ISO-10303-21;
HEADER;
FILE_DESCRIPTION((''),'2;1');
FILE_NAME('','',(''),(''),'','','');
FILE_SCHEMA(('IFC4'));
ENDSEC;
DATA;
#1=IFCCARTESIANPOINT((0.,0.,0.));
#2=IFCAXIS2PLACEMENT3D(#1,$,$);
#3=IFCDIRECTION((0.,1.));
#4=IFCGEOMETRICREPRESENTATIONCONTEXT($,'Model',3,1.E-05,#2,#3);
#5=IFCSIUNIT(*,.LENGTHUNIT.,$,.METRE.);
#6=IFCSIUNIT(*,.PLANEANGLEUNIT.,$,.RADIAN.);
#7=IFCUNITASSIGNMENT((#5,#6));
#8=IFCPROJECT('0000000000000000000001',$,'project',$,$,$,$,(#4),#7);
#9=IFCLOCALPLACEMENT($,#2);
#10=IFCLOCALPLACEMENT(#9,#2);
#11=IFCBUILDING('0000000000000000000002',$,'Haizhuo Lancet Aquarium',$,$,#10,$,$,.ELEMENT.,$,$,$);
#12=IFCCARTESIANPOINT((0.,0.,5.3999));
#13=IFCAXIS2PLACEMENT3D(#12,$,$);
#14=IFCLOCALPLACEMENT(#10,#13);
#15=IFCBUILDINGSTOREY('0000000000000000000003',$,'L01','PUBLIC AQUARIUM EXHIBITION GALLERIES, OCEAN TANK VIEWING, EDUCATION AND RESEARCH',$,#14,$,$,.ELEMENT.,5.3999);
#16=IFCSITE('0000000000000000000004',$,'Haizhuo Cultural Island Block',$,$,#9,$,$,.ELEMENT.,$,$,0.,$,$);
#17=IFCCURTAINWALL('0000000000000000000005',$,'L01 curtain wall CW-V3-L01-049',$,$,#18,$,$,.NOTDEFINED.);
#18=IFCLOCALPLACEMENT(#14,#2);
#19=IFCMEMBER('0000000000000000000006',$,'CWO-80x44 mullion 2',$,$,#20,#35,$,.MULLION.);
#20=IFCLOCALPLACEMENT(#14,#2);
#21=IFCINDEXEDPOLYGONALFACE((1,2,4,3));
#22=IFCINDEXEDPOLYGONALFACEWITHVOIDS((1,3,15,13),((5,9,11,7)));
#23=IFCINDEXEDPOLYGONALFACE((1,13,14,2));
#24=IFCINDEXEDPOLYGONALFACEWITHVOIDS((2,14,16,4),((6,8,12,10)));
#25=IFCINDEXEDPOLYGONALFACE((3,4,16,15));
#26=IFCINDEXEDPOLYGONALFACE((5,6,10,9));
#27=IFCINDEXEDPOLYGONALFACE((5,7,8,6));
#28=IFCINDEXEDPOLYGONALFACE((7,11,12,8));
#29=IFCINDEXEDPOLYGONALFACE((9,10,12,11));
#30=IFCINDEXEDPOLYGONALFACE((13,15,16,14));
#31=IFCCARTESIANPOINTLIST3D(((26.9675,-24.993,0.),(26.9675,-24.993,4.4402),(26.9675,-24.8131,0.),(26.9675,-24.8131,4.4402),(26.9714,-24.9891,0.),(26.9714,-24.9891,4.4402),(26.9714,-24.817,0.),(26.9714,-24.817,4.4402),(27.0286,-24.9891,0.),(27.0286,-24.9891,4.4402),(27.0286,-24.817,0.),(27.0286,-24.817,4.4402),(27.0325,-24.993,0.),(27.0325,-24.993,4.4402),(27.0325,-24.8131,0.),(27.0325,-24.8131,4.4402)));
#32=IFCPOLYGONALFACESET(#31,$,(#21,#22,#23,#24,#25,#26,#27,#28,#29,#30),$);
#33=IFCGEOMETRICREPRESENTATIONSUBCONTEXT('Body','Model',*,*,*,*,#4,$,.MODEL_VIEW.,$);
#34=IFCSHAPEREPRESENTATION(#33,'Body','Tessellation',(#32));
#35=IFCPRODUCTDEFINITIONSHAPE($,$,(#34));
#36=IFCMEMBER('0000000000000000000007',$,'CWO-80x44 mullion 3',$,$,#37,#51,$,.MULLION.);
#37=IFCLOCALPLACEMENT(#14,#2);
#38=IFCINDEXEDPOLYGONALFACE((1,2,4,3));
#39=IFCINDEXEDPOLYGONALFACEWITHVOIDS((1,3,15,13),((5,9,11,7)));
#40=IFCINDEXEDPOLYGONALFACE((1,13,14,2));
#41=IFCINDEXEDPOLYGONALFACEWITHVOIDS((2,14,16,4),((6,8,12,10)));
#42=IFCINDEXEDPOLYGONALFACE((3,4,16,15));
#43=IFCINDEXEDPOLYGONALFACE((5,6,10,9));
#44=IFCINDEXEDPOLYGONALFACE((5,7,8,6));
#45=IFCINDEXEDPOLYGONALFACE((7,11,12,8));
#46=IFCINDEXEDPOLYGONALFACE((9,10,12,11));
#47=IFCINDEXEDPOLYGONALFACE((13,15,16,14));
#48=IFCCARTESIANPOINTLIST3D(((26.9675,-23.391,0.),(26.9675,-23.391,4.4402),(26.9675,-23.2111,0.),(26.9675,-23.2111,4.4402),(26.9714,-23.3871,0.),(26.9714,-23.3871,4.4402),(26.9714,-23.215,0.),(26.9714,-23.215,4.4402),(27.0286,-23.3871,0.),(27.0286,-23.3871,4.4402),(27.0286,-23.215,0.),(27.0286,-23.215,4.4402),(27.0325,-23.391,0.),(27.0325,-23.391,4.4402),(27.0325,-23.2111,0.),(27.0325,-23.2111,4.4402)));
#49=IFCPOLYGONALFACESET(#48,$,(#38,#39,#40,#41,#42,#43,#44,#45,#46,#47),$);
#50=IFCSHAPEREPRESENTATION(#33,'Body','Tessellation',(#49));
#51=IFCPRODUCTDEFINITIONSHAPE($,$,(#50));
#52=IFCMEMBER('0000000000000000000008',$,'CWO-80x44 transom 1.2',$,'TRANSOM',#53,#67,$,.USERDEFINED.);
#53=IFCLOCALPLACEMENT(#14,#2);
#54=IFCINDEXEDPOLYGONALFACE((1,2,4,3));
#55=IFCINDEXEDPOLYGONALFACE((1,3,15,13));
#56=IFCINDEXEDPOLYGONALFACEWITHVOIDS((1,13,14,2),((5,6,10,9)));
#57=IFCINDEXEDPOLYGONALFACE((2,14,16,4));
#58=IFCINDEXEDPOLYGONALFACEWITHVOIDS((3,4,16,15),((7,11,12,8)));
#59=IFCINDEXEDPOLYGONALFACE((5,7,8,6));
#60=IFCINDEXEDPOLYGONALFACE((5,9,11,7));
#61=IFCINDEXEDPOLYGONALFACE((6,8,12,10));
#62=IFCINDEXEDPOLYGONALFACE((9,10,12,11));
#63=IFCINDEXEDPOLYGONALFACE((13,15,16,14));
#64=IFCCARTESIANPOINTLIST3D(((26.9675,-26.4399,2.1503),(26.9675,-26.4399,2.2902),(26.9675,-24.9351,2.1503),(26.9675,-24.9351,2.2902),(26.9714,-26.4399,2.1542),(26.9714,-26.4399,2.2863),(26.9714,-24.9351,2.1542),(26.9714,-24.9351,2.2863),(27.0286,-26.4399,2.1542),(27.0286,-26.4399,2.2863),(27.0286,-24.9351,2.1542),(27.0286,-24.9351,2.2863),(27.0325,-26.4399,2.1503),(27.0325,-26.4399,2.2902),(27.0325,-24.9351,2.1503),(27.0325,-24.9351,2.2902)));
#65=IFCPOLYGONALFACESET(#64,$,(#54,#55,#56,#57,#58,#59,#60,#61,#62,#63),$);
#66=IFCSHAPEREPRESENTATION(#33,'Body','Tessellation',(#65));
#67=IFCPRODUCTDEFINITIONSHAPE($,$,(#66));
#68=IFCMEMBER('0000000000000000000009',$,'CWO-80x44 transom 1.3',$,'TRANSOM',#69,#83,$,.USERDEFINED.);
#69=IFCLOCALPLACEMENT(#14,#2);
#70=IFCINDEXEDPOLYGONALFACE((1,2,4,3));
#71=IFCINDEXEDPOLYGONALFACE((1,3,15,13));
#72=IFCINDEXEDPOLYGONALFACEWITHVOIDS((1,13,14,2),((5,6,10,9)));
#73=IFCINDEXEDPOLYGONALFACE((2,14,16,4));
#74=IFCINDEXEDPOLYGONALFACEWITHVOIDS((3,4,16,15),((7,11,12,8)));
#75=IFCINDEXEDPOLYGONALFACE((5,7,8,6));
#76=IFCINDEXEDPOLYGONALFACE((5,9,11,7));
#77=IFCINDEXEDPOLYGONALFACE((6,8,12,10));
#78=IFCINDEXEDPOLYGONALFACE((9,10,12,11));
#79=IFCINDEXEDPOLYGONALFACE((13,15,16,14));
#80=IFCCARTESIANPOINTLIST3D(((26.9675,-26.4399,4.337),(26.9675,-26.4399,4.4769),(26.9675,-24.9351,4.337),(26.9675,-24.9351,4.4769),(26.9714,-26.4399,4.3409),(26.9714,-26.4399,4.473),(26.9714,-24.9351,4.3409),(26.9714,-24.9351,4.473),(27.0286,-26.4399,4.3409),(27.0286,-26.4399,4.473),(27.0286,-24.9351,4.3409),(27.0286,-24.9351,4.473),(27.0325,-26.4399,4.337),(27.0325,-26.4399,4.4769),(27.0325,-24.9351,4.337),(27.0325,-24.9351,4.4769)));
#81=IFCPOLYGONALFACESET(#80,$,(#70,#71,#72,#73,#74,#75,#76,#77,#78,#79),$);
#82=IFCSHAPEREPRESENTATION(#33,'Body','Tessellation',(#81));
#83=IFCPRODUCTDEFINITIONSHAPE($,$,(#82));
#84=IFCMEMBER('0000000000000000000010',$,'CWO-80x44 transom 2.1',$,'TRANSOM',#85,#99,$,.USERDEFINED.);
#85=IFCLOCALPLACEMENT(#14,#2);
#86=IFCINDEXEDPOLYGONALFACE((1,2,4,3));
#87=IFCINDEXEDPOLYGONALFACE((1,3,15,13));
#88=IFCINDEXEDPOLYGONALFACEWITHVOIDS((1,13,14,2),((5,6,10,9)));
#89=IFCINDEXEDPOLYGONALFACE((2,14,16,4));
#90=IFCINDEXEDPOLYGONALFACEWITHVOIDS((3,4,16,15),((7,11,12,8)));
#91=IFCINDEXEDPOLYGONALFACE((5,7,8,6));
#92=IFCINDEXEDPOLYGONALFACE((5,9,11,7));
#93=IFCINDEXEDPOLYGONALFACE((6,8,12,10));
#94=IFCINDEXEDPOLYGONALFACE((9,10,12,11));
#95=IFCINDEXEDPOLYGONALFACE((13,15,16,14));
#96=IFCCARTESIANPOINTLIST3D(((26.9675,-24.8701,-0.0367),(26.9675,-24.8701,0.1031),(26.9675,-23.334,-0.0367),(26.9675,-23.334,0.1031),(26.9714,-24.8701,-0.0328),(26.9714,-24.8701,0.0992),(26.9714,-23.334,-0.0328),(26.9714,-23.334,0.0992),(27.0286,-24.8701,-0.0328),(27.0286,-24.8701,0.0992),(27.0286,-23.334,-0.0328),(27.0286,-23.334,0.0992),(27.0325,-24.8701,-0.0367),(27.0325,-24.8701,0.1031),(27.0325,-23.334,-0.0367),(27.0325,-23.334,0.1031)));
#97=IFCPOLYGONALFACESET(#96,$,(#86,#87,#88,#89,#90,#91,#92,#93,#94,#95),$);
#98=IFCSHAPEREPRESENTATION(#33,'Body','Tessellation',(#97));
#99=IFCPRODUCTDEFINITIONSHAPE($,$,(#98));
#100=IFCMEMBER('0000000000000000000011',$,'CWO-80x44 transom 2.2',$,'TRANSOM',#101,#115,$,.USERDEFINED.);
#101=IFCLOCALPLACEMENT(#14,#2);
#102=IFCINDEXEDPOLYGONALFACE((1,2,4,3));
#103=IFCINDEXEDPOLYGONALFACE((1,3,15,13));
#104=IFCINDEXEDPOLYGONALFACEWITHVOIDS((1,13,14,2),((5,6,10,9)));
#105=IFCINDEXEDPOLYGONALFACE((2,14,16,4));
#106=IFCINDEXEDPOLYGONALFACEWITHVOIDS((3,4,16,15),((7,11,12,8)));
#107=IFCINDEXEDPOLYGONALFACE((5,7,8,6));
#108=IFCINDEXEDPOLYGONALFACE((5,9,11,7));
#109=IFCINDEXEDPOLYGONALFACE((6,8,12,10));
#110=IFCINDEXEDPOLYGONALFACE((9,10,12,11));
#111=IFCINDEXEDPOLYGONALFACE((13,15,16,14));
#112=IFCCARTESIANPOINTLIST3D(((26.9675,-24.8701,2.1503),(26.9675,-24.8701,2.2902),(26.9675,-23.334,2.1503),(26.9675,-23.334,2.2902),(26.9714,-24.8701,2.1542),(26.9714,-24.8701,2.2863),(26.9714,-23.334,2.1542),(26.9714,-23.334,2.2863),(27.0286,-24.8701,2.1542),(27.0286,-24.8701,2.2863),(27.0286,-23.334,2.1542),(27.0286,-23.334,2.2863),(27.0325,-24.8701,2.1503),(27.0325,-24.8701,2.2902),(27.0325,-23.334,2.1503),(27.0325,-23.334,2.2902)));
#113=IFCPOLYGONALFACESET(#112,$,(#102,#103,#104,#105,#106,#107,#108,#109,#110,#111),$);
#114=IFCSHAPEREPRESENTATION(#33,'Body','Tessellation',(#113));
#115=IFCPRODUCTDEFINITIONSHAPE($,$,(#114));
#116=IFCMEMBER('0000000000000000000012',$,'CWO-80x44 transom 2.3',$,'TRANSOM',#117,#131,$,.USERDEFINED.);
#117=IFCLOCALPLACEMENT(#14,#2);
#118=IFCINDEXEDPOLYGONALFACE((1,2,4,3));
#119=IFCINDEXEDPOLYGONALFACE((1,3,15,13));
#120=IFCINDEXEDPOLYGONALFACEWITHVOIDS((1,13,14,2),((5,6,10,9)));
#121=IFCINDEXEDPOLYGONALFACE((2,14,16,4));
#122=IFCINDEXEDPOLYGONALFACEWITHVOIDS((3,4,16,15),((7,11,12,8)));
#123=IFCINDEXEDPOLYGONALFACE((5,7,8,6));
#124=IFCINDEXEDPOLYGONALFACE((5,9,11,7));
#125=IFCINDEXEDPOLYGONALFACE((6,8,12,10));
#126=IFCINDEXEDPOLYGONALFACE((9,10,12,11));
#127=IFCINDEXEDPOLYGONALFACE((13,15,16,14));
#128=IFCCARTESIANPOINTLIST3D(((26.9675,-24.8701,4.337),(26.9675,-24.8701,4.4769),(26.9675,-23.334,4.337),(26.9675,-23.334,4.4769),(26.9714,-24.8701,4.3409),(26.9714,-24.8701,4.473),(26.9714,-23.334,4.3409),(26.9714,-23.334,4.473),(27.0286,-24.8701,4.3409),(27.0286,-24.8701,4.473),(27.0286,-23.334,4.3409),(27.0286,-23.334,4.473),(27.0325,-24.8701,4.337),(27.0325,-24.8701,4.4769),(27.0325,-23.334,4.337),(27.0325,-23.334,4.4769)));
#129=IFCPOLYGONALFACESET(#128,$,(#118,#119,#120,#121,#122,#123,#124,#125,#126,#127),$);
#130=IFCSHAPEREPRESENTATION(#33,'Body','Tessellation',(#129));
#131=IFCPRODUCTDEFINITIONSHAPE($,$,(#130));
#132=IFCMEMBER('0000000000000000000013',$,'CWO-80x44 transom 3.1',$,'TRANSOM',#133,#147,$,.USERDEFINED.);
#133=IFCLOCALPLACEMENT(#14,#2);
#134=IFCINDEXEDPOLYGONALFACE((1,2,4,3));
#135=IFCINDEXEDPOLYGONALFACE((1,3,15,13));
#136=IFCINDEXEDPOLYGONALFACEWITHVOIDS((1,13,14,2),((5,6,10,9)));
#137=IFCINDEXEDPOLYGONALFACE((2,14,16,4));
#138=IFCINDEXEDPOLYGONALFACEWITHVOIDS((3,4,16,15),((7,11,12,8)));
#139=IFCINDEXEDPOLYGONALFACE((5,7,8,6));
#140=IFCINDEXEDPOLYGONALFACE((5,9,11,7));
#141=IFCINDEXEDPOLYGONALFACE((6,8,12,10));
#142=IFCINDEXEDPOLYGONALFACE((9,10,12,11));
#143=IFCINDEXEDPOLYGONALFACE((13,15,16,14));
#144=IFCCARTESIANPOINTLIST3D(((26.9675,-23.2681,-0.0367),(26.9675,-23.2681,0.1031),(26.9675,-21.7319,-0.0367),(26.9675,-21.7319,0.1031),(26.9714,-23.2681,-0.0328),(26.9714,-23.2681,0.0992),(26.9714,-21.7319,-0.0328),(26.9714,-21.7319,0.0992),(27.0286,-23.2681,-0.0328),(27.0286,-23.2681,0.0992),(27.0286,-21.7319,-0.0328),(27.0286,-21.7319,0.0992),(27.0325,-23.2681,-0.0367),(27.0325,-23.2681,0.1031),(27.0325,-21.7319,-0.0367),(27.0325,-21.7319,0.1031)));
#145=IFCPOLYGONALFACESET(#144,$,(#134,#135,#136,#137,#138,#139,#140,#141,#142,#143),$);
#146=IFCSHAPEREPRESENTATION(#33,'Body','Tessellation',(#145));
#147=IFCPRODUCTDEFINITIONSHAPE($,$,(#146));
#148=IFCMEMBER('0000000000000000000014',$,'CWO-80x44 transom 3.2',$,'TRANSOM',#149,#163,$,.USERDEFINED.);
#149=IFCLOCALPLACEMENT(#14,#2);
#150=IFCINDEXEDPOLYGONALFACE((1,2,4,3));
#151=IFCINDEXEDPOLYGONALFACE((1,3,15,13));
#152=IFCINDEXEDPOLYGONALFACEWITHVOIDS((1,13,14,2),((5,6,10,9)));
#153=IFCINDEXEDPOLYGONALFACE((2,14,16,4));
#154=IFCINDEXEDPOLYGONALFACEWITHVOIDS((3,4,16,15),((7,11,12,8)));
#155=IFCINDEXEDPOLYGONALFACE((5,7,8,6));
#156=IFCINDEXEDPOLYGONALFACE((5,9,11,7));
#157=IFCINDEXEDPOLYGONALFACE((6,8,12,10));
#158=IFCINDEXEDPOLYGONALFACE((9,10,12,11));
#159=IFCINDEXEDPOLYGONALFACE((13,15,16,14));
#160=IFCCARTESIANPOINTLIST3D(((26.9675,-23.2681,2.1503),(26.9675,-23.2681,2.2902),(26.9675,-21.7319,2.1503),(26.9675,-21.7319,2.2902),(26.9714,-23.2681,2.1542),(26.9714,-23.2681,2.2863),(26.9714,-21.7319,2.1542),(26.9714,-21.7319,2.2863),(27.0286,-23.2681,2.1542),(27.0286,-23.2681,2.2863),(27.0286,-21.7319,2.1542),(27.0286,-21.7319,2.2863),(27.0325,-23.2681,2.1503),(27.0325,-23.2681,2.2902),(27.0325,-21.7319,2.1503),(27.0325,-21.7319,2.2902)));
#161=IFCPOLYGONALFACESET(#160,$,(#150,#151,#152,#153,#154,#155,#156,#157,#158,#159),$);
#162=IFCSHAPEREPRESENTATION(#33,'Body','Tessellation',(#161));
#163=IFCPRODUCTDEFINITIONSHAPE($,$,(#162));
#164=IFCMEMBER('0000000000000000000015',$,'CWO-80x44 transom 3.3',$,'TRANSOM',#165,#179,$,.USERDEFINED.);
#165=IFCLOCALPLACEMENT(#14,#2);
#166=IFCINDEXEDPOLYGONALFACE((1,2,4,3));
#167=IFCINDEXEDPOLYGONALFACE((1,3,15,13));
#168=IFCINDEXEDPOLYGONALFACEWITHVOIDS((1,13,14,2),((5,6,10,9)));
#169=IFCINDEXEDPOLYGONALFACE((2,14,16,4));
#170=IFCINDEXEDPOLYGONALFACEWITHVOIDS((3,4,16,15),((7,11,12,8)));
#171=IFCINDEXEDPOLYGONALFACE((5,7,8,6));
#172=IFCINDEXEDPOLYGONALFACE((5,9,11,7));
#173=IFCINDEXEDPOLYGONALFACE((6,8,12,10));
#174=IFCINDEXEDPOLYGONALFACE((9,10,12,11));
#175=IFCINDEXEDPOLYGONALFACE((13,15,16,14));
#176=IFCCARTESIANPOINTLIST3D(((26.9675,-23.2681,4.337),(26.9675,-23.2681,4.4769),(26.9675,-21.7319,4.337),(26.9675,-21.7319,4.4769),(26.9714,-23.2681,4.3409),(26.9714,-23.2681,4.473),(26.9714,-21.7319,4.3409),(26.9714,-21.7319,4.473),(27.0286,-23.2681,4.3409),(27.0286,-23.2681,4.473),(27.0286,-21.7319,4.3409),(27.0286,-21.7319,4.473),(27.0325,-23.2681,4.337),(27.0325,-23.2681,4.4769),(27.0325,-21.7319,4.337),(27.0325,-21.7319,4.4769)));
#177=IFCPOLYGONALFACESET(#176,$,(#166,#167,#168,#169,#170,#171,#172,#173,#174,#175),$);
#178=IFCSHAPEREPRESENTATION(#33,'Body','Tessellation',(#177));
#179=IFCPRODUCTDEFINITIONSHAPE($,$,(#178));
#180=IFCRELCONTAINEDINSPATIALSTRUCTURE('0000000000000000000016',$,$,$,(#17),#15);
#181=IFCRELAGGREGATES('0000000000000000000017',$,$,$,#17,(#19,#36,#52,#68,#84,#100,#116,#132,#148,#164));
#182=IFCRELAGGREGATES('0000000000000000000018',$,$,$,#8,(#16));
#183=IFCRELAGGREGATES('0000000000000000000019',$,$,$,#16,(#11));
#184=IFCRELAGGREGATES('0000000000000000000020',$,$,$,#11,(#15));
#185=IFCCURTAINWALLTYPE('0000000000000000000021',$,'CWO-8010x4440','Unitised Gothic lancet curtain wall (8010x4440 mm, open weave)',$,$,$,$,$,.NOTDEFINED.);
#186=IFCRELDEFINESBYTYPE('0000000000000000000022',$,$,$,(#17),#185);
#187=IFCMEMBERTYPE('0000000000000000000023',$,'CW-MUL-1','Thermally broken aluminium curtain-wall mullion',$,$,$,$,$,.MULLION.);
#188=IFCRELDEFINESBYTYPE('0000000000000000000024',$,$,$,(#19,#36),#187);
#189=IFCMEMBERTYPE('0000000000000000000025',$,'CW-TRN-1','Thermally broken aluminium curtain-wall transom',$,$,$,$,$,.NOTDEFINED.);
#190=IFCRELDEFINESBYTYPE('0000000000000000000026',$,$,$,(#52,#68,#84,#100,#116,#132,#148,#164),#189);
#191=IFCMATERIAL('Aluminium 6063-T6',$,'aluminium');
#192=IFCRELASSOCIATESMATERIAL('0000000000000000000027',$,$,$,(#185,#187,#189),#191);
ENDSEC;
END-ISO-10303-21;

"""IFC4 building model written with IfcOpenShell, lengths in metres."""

from ifc_helpers import new_model, si_unit, direction, frame, origin, origin_2d, place, context, subcontext, project, spatial, hollow_rectangle, extrude, material, material_profile, profile_set, type_object, element, aggregate, save


model = new_model("IFC4")

# Units and contexts
model_context = context("Model", 3, precision=1e-05, world=origin(), true_north=direction((0.0, 1.0)))
body_context = subcontext(model_context, "Body", "Model", "MODEL_VIEW")
ifc_project = project(units=[si_unit("LENGTHUNIT", "METRE"), si_unit("PLANEANGLEUNIT", "RADIAN")], contexts=[model_context])

# Site, building, storey
site_placement = place(None, origin())
site = spatial("IfcSite", under=ifc_project, at=site_placement, Name="Haizhuo Cultural Island Block", CompositionType="ELEMENT", RefElevation=0.0)
building_placement = place(site_placement, origin())
building = spatial("IfcBuilding", under=site, at=building_placement, Name="Haizhuo Lancet Aquarium", CompositionType="ELEMENT")
storey_placement = place(building_placement, frame((0.0, 0.0, 5.3999)))
storey = spatial("IfcBuildingStorey", under=building, at=storey_placement, Name="L01", Description="PUBLIC AQUARIUM EXHIBITION GALLERIES, OCEAN TANK VIEWING, EDUCATION AND RESEARCH", CompositionType="ELEMENT", Elevation=5.3999)

# Curtain wall, members
ifc_material_1 = material(Name="Aluminium 6063-T6", Category="aluminium")
curtain_wall_type = type_object("IfcCurtainWallType", Name="CWO-8010x4440", Description="Unitised Gothic lancet curtain wall (8010x4440 mm, open weave)", PredefinedType="NOTDEFINED", material=ifc_material_1)
curtain_wall_placement = place(storey_placement, origin())
curtain_wall = element("IfcCurtainWall", 1, at=curtain_wall_placement, inside=storey, type_object=curtain_wall_type, Name="L01 curtain wall CW-V3-L01-049", PredefinedType="NOTDEFINED")
ifc_material_profile_1 = material_profile(ifc_material_1, hollow_rectangle(XDim=0.0649, YDim=0.1799, WallThickness=0.0039, at=origin_2d()), Name="ALU-M 65x180x4")
ifc_profile_set_1 = profile_set([ifc_material_profile_1], Name="Aluminium 6063-T6")
member_type_1 = type_object("IfcMemberType", Name="CW-MUL-1", Description="Thermally broken aluminium curtain-wall mullion", PredefinedType="MULLION", material=ifc_profile_set_1)
member_1_placement = place(storey_placement, frame((27.0, -24.9031, 0.0), z_axis=(0.0, 0.0, 1.0), x_axis=(-1.0, 0.0, 0.0)))
member_1 = element("IfcMember", 2, at=member_1_placement, type_object=member_type_1, Name="CWO-80x44 mullion 2", PredefinedType="MULLION", context=body_context, shape_type="SweptSolid", body=[
    extrude(hollow_rectangle(XDim=0.0649, YDim=0.1799, WallThickness=0.0039, at=origin_2d()), origin(), (0.0, 0.0, 1.0), 4.4402),
])
member_2_placement = place(storey_placement, frame((27.0, -23.301, 0.0), z_axis=(0.0, 0.0, 1.0), x_axis=(-1.0, 0.0, 0.0)))
member_2 = element("IfcMember", 3, at=member_2_placement, type_object=member_type_1, Name="CWO-80x44 mullion 3", PredefinedType="MULLION", context=body_context, shape_type="SweptSolid", body=[
    extrude(hollow_rectangle(XDim=0.0649, YDim=0.1799, WallThickness=0.0039, at=origin_2d()), origin(), (0.0, 0.0, 1.0), 4.4402),
])
ifc_material_profile_2 = material_profile(ifc_material_1, hollow_rectangle(XDim=0.0649, YDim=0.1399, WallThickness=0.0039, at=origin_2d()), Name="ALU-T 65x140x4")
ifc_profile_set_2 = profile_set([ifc_material_profile_2], Name="Aluminium 6063-T6")
member_type_2 = type_object("IfcMemberType", Name="CW-TRN-1", Description="Thermally broken aluminium curtain-wall transom", PredefinedType="NOTDEFINED", material=ifc_profile_set_2)
member_3_placement = place(storey_placement, frame((27.0, -26.4399, 2.2202), z_axis=(0.0, 1.0, 0.0), x_axis=(-1.0, 0.0, 0.0)))
member_3 = element("IfcMember", 4, at=member_3_placement, type_object=member_type_2, Name="CWO-80x44 transom 1.2", ObjectType="TRANSOM", PredefinedType="USERDEFINED", context=body_context, shape_type="SweptSolid", body=[
    extrude(hollow_rectangle(XDim=0.0649, YDim=0.1399, WallThickness=0.0039, at=origin_2d()), origin(), (0.0, 0.0, 1.0), 1.5049),
])
member_4_placement = place(storey_placement, frame((27.0, -26.4399, 4.407), z_axis=(0.0, 1.0, 0.0), x_axis=(-1.0, 0.0, 0.0)))
member_4 = element("IfcMember", 5, at=member_4_placement, type_object=member_type_2, Name="CWO-80x44 transom 1.3", ObjectType="TRANSOM", PredefinedType="USERDEFINED", context=body_context, shape_type="SweptSolid", body=[
    extrude(hollow_rectangle(XDim=0.0649, YDim=0.1399, WallThickness=0.0039, at=origin_2d()), origin(), (0.0, 0.0, 1.0), 1.5049),
])
member_5_placement = place(storey_placement, frame((27.0, -24.8701, 0.0332), z_axis=(0.0, 1.0, 0.0), x_axis=(-1.0, 0.0, 0.0)))
member_5 = element("IfcMember", 6, at=member_5_placement, type_object=member_type_2, Name="CWO-80x44 transom 2.1", ObjectType="TRANSOM", PredefinedType="USERDEFINED", context=body_context, shape_type="SweptSolid", body=[
    extrude(hollow_rectangle(XDim=0.0649, YDim=0.1399, WallThickness=0.0039, at=origin_2d()), origin(), (0.0, 0.0, 1.0), 1.5361),
])
member_6_placement = place(storey_placement, frame((27.0, -24.8701, 2.2202), z_axis=(0.0, 1.0, 0.0), x_axis=(-1.0, 0.0, 0.0)))
member_6 = element("IfcMember", 7, at=member_6_placement, type_object=member_type_2, Name="CWO-80x44 transom 2.2", ObjectType="TRANSOM", PredefinedType="USERDEFINED", context=body_context, shape_type="SweptSolid", body=[
    extrude(hollow_rectangle(XDim=0.0649, YDim=0.1399, WallThickness=0.0039, at=origin_2d()), origin(), (0.0, 0.0, 1.0), 1.5361),
])
member_7_placement = place(storey_placement, frame((27.0, -24.8701, 4.407), z_axis=(0.0, 1.0, 0.0), x_axis=(-1.0, 0.0, 0.0)))
member_7 = element("IfcMember", 8, at=member_7_placement, type_object=member_type_2, Name="CWO-80x44 transom 2.3", ObjectType="TRANSOM", PredefinedType="USERDEFINED", context=body_context, shape_type="SweptSolid", body=[
    extrude(hollow_rectangle(XDim=0.0649, YDim=0.1399, WallThickness=0.0039, at=origin_2d()), origin(), (0.0, 0.0, 1.0), 1.5361),
])
member_8_placement = place(storey_placement, frame((27.0, -23.2681, 0.0332), z_axis=(0.0, 1.0, 0.0), x_axis=(-1.0, 0.0, 0.0)))
member_8 = element("IfcMember", 9, at=member_8_placement, type_object=member_type_2, Name="CWO-80x44 transom 3.1", ObjectType="TRANSOM", PredefinedType="USERDEFINED", context=body_context, shape_type="SweptSolid", body=[
    extrude(hollow_rectangle(XDim=0.0649, YDim=0.1399, WallThickness=0.0039, at=origin_2d()), origin(), (0.0, 0.0, 1.0), 1.5361),
])
member_9_placement = place(storey_placement, frame((27.0, -23.2681, 2.2202), z_axis=(0.0, 1.0, 0.0), x_axis=(-1.0, 0.0, 0.0)))
member_9 = element("IfcMember", 10, at=member_9_placement, type_object=member_type_2, Name="CWO-80x44 transom 3.2", ObjectType="TRANSOM", PredefinedType="USERDEFINED", context=body_context, shape_type="SweptSolid", body=[
    extrude(hollow_rectangle(XDim=0.0649, YDim=0.1399, WallThickness=0.0039, at=origin_2d()), origin(), (0.0, 0.0, 1.0), 1.5361),
])
member_10_placement = place(storey_placement, frame((27.0, -23.2681, 4.407), z_axis=(0.0, 1.0, 0.0), x_axis=(-1.0, 0.0, 0.0)))
member_10 = element("IfcMember", 11, at=member_10_placement, type_object=member_type_2, Name="CWO-80x44 transom 3.3", ObjectType="TRANSOM", PredefinedType="USERDEFINED", context=body_context, shape_type="SweptSolid", body=[
    extrude(hollow_rectangle(XDim=0.0649, YDim=0.1399, WallThickness=0.0039, at=origin_2d()), origin(), (0.0, 0.0, 1.0), 1.5361),
])

aggregate(curtain_wall, [member_1, member_2, member_3, member_4, member_5, member_6, member_7, member_8, member_9, member_10])

save(model, "model.ifc")
